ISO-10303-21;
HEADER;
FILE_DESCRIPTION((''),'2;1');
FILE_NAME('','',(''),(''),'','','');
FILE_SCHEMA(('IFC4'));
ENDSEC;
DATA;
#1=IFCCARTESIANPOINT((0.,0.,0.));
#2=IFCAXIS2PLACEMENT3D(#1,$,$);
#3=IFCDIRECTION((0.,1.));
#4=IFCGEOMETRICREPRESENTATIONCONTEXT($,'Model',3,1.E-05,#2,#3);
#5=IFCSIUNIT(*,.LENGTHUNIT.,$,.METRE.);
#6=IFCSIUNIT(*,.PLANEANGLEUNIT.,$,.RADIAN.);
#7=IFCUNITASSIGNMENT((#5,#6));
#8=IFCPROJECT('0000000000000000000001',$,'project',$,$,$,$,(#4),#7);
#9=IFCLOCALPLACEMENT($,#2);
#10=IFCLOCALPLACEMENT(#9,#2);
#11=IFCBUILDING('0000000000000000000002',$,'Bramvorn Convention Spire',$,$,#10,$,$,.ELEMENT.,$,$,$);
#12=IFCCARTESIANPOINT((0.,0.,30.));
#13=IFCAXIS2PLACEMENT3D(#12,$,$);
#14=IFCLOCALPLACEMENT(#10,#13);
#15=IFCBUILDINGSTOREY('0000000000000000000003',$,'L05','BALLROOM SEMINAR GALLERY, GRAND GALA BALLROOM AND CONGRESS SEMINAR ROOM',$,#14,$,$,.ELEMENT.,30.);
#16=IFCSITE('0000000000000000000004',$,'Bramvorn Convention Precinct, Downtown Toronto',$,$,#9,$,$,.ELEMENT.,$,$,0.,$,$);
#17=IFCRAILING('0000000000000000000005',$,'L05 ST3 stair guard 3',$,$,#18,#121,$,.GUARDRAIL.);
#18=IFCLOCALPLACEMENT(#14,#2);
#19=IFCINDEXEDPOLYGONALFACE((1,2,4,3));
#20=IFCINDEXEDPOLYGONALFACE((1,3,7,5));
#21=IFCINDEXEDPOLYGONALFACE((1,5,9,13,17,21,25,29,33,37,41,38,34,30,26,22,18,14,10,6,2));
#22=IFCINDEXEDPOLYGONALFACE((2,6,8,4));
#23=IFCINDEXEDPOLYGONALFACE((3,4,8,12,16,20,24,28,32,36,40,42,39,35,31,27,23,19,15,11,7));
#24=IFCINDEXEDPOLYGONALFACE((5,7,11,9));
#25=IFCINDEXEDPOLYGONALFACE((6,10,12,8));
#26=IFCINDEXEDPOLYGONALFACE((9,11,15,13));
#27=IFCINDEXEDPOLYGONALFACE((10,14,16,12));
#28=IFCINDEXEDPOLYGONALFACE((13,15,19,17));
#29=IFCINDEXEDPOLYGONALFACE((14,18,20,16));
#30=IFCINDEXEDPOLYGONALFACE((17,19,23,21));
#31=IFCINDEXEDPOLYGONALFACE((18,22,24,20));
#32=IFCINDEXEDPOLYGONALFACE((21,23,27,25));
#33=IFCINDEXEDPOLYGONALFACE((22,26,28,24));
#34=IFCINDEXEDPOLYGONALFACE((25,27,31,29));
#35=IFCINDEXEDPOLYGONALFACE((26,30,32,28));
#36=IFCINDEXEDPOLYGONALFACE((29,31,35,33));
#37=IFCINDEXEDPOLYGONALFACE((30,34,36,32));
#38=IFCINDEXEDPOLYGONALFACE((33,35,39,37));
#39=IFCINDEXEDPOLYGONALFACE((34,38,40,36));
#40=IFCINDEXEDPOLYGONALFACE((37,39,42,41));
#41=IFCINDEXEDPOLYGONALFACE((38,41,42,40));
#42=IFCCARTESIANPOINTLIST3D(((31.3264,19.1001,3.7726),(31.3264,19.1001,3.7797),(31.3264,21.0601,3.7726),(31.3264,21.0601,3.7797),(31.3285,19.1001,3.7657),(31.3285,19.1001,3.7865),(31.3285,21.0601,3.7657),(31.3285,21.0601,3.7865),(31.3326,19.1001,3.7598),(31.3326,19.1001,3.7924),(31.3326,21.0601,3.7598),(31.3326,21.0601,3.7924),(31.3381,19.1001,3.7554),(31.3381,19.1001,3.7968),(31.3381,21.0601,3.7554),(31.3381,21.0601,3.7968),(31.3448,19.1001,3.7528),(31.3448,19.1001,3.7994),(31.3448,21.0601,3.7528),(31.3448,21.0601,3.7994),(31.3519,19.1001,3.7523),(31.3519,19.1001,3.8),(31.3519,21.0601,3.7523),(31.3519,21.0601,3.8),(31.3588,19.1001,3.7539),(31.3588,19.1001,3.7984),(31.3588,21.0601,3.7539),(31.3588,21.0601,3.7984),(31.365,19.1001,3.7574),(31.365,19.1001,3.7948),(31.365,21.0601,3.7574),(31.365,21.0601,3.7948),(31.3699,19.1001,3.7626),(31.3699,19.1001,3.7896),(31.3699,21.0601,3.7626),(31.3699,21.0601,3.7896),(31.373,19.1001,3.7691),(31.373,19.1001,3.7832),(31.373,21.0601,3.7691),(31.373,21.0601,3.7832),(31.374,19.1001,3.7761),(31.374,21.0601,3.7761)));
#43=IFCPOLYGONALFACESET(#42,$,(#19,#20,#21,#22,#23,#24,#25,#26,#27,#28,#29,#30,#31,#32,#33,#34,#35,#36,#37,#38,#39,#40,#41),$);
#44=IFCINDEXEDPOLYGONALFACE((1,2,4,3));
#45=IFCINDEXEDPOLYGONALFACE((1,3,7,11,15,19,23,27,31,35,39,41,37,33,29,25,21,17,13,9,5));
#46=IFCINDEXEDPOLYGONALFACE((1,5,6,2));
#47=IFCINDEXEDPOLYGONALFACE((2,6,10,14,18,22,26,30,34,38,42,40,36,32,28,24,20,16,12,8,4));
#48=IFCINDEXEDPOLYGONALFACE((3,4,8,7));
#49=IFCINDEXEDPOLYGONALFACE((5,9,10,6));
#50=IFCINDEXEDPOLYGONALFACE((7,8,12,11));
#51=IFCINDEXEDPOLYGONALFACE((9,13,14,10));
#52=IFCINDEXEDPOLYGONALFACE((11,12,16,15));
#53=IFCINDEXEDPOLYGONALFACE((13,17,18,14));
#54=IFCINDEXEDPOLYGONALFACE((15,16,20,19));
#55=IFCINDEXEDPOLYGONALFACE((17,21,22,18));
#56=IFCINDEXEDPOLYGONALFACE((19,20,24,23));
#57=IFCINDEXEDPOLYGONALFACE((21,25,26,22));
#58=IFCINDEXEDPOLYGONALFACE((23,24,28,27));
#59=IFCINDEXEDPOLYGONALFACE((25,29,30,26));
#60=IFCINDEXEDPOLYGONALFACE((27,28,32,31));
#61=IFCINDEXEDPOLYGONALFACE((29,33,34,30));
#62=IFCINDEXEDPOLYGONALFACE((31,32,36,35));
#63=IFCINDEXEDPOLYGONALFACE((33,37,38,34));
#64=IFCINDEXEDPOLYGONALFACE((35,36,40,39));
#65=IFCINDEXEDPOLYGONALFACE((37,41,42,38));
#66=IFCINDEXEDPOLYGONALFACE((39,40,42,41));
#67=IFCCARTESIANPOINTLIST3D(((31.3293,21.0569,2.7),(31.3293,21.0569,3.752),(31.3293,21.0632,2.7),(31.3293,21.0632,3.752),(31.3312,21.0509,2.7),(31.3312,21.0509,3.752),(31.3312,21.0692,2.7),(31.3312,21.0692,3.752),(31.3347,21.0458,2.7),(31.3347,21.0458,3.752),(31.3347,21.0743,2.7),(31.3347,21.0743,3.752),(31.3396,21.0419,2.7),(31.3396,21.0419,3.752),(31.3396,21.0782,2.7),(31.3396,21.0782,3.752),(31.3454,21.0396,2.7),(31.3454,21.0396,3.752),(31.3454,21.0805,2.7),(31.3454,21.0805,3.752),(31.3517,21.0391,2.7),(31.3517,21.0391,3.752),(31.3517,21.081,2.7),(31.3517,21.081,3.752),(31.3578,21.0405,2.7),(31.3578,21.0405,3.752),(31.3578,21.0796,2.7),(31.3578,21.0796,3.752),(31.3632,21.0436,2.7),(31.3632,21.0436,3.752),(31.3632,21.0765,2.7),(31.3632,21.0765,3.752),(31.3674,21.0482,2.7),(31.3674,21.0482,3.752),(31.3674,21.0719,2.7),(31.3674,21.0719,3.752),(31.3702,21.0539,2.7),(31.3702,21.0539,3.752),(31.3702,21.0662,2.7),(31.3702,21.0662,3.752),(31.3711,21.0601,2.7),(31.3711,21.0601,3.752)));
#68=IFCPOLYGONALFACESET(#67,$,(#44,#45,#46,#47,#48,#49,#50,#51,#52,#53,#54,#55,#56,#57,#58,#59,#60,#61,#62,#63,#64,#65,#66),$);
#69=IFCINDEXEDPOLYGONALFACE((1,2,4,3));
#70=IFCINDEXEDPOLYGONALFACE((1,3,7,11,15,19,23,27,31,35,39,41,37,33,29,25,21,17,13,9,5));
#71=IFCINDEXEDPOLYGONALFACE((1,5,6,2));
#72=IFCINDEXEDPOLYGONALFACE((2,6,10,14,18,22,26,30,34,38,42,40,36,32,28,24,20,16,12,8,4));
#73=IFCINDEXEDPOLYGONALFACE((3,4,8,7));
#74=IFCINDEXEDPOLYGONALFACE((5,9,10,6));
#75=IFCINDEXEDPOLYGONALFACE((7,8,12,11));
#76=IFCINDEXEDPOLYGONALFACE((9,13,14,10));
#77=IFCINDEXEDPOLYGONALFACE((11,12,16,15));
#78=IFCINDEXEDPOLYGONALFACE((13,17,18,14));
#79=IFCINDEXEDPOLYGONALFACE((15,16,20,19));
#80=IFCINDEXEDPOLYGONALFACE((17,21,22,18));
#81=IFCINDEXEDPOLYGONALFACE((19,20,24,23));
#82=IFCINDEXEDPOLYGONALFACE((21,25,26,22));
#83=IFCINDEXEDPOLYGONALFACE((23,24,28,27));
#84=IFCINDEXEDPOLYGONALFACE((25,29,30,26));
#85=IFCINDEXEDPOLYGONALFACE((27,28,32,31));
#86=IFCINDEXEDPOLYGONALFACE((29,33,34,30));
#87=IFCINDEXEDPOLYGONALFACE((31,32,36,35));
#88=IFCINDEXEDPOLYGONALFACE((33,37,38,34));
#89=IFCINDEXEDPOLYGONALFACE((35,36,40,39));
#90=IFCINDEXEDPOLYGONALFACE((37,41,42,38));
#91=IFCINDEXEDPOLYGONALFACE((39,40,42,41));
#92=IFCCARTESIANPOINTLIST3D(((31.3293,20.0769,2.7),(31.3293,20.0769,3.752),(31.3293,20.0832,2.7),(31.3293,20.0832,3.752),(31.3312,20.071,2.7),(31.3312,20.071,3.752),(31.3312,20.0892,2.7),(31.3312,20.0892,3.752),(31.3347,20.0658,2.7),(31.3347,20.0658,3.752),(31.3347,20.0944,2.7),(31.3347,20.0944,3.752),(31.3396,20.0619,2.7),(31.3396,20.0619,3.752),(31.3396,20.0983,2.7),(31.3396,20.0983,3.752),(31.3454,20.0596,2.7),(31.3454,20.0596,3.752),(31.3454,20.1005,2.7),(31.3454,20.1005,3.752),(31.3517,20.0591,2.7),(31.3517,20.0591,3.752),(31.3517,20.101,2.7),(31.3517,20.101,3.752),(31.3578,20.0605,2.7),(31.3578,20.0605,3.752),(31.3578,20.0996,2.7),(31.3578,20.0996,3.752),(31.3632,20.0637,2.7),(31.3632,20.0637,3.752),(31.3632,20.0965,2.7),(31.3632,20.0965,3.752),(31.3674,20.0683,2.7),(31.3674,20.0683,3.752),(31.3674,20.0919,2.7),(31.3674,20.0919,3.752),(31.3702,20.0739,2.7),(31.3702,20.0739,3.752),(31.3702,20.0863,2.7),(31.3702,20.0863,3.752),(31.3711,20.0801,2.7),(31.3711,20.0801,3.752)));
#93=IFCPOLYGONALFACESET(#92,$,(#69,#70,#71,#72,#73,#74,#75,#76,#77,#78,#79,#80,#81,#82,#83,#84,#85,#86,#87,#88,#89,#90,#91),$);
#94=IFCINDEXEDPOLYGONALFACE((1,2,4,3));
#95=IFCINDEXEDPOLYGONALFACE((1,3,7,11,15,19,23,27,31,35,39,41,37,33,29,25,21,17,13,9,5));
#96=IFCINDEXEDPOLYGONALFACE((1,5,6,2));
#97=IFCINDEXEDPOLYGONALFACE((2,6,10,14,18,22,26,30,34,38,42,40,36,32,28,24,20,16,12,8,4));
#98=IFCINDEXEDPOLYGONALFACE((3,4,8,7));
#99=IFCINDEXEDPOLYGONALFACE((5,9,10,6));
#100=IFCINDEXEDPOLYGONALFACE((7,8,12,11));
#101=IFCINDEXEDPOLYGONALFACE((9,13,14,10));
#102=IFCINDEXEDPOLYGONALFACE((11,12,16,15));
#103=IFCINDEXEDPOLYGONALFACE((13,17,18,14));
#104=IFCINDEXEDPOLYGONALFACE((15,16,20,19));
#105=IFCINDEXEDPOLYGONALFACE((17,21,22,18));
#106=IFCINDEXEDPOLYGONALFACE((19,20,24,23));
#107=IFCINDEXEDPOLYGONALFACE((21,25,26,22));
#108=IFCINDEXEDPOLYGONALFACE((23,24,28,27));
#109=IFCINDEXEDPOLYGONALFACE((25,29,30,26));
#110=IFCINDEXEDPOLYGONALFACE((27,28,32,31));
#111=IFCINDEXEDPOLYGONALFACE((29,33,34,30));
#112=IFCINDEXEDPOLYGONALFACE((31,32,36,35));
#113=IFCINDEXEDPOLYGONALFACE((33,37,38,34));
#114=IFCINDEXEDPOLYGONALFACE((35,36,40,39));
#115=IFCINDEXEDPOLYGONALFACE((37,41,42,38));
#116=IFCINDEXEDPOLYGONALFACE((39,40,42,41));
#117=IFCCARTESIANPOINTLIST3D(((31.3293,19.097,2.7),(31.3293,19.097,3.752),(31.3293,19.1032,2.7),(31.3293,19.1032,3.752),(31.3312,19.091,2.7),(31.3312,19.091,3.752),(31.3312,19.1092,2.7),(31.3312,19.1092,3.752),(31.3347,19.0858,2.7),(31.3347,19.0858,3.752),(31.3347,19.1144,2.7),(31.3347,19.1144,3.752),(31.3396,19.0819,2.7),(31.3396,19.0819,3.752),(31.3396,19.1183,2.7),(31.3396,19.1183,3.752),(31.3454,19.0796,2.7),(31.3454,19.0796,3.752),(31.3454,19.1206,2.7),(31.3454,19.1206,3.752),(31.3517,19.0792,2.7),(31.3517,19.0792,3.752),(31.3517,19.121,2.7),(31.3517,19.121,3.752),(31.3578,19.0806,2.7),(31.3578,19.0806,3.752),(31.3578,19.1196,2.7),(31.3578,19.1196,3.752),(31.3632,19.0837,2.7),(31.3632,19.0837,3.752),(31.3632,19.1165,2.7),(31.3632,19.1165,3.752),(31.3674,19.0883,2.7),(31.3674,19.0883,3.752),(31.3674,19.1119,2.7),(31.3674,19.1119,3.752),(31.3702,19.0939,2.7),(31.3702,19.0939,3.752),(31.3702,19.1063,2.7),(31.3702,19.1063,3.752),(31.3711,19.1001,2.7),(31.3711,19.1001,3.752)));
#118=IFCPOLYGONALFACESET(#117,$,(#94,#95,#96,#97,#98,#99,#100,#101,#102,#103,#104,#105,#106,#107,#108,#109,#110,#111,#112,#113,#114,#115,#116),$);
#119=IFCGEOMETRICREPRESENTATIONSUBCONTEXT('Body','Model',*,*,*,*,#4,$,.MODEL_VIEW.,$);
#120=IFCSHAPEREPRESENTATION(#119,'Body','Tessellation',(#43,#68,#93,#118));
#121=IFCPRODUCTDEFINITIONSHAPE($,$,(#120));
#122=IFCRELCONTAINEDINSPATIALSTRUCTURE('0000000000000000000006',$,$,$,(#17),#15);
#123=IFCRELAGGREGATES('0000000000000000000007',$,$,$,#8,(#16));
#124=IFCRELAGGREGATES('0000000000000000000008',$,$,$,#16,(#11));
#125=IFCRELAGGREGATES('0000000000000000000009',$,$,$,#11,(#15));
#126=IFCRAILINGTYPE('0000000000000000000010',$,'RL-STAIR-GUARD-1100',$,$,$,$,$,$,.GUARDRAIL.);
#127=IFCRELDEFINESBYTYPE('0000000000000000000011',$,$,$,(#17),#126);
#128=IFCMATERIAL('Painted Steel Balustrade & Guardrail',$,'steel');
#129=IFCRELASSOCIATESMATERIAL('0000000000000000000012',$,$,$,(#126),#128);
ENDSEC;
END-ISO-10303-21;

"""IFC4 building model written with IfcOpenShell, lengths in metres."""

from ifc_helpers import new_model, si_unit, direction, frame, origin, origin_2d, place, context, subcontext, project, spatial, circle, extrude, material, type_object, element, save


model = new_model("IFC4")

# Units and contexts
model_context = context("Model", 3, precision=1e-05, world=origin(), true_north=direction((0.0, 1.0)))
body_context = subcontext(model_context, "Body", "Model", "MODEL_VIEW")
ifc_project = project(units=[si_unit("LENGTHUNIT", "METRE"), si_unit("PLANEANGLEUNIT", "RADIAN")], contexts=[model_context])

# Site, building, storey
site_placement = place(None, origin())
site = spatial("IfcSite", under=ifc_project, at=site_placement, Name="Bramvorn Convention Precinct, Downtown Toronto", CompositionType="ELEMENT", RefElevation=0.0)
building_placement = place(site_placement, origin())
building = spatial("IfcBuilding", under=site, at=building_placement, Name="Bramvorn Convention Spire", CompositionType="ELEMENT")
storey_placement = place(building_placement, frame((0.0, 0.0, 30.0)))
storey = spatial("IfcBuildingStorey", under=building, at=storey_placement, Name="L05", Description="BALLROOM SEMINAR GALLERY, GRAND GALA BALLROOM AND CONGRESS SEMINAR ROOM", CompositionType="ELEMENT", Elevation=30.0)

# Railing
ifc_material_1 = material(Name="Painted Steel Balustrade & Guardrail", Category="steel")
railing_type_1 = type_object("IfcRailingType", Name="RL-STAIR-GUARD-1100", PredefinedType="GUARDRAIL", material=ifc_material_1)
railing_1_placement = place(storey_placement, frame((31.3501, 21.0601, 2.7)))
element("IfcRailing", 1, at=railing_1_placement, inside=storey, type_object=railing_type_1, Name="L05 ST3 stair guard 3", PredefinedType="GUARDRAIL", context=body_context, shape_type="SweptSolid", body=[
    extrude(circle(Radius=0.0239, at=origin_2d()), frame((0.0, 0.0, 1.0762), z_axis=(0.0, -1.0, 0.0), x_axis=(1.0, 0.0, 0.0)), (0.0, 0.0, 1.0), 1.96),
    extrude(circle(Radius=0.021, at=origin_2d()), origin(), (0.0, 0.0, 1.0), 1.052),
    extrude(circle(Radius=0.021, at=origin_2d()), frame((0.0, -0.98, 0.0)), (0.0, 0.0, 1.0), 1.052),
    extrude(circle(Radius=0.021, at=origin_2d()), frame((0.0, -1.96, 0.0)), (0.0, 0.0, 1.0), 1.052),
])

save(model, "model.ifc")
